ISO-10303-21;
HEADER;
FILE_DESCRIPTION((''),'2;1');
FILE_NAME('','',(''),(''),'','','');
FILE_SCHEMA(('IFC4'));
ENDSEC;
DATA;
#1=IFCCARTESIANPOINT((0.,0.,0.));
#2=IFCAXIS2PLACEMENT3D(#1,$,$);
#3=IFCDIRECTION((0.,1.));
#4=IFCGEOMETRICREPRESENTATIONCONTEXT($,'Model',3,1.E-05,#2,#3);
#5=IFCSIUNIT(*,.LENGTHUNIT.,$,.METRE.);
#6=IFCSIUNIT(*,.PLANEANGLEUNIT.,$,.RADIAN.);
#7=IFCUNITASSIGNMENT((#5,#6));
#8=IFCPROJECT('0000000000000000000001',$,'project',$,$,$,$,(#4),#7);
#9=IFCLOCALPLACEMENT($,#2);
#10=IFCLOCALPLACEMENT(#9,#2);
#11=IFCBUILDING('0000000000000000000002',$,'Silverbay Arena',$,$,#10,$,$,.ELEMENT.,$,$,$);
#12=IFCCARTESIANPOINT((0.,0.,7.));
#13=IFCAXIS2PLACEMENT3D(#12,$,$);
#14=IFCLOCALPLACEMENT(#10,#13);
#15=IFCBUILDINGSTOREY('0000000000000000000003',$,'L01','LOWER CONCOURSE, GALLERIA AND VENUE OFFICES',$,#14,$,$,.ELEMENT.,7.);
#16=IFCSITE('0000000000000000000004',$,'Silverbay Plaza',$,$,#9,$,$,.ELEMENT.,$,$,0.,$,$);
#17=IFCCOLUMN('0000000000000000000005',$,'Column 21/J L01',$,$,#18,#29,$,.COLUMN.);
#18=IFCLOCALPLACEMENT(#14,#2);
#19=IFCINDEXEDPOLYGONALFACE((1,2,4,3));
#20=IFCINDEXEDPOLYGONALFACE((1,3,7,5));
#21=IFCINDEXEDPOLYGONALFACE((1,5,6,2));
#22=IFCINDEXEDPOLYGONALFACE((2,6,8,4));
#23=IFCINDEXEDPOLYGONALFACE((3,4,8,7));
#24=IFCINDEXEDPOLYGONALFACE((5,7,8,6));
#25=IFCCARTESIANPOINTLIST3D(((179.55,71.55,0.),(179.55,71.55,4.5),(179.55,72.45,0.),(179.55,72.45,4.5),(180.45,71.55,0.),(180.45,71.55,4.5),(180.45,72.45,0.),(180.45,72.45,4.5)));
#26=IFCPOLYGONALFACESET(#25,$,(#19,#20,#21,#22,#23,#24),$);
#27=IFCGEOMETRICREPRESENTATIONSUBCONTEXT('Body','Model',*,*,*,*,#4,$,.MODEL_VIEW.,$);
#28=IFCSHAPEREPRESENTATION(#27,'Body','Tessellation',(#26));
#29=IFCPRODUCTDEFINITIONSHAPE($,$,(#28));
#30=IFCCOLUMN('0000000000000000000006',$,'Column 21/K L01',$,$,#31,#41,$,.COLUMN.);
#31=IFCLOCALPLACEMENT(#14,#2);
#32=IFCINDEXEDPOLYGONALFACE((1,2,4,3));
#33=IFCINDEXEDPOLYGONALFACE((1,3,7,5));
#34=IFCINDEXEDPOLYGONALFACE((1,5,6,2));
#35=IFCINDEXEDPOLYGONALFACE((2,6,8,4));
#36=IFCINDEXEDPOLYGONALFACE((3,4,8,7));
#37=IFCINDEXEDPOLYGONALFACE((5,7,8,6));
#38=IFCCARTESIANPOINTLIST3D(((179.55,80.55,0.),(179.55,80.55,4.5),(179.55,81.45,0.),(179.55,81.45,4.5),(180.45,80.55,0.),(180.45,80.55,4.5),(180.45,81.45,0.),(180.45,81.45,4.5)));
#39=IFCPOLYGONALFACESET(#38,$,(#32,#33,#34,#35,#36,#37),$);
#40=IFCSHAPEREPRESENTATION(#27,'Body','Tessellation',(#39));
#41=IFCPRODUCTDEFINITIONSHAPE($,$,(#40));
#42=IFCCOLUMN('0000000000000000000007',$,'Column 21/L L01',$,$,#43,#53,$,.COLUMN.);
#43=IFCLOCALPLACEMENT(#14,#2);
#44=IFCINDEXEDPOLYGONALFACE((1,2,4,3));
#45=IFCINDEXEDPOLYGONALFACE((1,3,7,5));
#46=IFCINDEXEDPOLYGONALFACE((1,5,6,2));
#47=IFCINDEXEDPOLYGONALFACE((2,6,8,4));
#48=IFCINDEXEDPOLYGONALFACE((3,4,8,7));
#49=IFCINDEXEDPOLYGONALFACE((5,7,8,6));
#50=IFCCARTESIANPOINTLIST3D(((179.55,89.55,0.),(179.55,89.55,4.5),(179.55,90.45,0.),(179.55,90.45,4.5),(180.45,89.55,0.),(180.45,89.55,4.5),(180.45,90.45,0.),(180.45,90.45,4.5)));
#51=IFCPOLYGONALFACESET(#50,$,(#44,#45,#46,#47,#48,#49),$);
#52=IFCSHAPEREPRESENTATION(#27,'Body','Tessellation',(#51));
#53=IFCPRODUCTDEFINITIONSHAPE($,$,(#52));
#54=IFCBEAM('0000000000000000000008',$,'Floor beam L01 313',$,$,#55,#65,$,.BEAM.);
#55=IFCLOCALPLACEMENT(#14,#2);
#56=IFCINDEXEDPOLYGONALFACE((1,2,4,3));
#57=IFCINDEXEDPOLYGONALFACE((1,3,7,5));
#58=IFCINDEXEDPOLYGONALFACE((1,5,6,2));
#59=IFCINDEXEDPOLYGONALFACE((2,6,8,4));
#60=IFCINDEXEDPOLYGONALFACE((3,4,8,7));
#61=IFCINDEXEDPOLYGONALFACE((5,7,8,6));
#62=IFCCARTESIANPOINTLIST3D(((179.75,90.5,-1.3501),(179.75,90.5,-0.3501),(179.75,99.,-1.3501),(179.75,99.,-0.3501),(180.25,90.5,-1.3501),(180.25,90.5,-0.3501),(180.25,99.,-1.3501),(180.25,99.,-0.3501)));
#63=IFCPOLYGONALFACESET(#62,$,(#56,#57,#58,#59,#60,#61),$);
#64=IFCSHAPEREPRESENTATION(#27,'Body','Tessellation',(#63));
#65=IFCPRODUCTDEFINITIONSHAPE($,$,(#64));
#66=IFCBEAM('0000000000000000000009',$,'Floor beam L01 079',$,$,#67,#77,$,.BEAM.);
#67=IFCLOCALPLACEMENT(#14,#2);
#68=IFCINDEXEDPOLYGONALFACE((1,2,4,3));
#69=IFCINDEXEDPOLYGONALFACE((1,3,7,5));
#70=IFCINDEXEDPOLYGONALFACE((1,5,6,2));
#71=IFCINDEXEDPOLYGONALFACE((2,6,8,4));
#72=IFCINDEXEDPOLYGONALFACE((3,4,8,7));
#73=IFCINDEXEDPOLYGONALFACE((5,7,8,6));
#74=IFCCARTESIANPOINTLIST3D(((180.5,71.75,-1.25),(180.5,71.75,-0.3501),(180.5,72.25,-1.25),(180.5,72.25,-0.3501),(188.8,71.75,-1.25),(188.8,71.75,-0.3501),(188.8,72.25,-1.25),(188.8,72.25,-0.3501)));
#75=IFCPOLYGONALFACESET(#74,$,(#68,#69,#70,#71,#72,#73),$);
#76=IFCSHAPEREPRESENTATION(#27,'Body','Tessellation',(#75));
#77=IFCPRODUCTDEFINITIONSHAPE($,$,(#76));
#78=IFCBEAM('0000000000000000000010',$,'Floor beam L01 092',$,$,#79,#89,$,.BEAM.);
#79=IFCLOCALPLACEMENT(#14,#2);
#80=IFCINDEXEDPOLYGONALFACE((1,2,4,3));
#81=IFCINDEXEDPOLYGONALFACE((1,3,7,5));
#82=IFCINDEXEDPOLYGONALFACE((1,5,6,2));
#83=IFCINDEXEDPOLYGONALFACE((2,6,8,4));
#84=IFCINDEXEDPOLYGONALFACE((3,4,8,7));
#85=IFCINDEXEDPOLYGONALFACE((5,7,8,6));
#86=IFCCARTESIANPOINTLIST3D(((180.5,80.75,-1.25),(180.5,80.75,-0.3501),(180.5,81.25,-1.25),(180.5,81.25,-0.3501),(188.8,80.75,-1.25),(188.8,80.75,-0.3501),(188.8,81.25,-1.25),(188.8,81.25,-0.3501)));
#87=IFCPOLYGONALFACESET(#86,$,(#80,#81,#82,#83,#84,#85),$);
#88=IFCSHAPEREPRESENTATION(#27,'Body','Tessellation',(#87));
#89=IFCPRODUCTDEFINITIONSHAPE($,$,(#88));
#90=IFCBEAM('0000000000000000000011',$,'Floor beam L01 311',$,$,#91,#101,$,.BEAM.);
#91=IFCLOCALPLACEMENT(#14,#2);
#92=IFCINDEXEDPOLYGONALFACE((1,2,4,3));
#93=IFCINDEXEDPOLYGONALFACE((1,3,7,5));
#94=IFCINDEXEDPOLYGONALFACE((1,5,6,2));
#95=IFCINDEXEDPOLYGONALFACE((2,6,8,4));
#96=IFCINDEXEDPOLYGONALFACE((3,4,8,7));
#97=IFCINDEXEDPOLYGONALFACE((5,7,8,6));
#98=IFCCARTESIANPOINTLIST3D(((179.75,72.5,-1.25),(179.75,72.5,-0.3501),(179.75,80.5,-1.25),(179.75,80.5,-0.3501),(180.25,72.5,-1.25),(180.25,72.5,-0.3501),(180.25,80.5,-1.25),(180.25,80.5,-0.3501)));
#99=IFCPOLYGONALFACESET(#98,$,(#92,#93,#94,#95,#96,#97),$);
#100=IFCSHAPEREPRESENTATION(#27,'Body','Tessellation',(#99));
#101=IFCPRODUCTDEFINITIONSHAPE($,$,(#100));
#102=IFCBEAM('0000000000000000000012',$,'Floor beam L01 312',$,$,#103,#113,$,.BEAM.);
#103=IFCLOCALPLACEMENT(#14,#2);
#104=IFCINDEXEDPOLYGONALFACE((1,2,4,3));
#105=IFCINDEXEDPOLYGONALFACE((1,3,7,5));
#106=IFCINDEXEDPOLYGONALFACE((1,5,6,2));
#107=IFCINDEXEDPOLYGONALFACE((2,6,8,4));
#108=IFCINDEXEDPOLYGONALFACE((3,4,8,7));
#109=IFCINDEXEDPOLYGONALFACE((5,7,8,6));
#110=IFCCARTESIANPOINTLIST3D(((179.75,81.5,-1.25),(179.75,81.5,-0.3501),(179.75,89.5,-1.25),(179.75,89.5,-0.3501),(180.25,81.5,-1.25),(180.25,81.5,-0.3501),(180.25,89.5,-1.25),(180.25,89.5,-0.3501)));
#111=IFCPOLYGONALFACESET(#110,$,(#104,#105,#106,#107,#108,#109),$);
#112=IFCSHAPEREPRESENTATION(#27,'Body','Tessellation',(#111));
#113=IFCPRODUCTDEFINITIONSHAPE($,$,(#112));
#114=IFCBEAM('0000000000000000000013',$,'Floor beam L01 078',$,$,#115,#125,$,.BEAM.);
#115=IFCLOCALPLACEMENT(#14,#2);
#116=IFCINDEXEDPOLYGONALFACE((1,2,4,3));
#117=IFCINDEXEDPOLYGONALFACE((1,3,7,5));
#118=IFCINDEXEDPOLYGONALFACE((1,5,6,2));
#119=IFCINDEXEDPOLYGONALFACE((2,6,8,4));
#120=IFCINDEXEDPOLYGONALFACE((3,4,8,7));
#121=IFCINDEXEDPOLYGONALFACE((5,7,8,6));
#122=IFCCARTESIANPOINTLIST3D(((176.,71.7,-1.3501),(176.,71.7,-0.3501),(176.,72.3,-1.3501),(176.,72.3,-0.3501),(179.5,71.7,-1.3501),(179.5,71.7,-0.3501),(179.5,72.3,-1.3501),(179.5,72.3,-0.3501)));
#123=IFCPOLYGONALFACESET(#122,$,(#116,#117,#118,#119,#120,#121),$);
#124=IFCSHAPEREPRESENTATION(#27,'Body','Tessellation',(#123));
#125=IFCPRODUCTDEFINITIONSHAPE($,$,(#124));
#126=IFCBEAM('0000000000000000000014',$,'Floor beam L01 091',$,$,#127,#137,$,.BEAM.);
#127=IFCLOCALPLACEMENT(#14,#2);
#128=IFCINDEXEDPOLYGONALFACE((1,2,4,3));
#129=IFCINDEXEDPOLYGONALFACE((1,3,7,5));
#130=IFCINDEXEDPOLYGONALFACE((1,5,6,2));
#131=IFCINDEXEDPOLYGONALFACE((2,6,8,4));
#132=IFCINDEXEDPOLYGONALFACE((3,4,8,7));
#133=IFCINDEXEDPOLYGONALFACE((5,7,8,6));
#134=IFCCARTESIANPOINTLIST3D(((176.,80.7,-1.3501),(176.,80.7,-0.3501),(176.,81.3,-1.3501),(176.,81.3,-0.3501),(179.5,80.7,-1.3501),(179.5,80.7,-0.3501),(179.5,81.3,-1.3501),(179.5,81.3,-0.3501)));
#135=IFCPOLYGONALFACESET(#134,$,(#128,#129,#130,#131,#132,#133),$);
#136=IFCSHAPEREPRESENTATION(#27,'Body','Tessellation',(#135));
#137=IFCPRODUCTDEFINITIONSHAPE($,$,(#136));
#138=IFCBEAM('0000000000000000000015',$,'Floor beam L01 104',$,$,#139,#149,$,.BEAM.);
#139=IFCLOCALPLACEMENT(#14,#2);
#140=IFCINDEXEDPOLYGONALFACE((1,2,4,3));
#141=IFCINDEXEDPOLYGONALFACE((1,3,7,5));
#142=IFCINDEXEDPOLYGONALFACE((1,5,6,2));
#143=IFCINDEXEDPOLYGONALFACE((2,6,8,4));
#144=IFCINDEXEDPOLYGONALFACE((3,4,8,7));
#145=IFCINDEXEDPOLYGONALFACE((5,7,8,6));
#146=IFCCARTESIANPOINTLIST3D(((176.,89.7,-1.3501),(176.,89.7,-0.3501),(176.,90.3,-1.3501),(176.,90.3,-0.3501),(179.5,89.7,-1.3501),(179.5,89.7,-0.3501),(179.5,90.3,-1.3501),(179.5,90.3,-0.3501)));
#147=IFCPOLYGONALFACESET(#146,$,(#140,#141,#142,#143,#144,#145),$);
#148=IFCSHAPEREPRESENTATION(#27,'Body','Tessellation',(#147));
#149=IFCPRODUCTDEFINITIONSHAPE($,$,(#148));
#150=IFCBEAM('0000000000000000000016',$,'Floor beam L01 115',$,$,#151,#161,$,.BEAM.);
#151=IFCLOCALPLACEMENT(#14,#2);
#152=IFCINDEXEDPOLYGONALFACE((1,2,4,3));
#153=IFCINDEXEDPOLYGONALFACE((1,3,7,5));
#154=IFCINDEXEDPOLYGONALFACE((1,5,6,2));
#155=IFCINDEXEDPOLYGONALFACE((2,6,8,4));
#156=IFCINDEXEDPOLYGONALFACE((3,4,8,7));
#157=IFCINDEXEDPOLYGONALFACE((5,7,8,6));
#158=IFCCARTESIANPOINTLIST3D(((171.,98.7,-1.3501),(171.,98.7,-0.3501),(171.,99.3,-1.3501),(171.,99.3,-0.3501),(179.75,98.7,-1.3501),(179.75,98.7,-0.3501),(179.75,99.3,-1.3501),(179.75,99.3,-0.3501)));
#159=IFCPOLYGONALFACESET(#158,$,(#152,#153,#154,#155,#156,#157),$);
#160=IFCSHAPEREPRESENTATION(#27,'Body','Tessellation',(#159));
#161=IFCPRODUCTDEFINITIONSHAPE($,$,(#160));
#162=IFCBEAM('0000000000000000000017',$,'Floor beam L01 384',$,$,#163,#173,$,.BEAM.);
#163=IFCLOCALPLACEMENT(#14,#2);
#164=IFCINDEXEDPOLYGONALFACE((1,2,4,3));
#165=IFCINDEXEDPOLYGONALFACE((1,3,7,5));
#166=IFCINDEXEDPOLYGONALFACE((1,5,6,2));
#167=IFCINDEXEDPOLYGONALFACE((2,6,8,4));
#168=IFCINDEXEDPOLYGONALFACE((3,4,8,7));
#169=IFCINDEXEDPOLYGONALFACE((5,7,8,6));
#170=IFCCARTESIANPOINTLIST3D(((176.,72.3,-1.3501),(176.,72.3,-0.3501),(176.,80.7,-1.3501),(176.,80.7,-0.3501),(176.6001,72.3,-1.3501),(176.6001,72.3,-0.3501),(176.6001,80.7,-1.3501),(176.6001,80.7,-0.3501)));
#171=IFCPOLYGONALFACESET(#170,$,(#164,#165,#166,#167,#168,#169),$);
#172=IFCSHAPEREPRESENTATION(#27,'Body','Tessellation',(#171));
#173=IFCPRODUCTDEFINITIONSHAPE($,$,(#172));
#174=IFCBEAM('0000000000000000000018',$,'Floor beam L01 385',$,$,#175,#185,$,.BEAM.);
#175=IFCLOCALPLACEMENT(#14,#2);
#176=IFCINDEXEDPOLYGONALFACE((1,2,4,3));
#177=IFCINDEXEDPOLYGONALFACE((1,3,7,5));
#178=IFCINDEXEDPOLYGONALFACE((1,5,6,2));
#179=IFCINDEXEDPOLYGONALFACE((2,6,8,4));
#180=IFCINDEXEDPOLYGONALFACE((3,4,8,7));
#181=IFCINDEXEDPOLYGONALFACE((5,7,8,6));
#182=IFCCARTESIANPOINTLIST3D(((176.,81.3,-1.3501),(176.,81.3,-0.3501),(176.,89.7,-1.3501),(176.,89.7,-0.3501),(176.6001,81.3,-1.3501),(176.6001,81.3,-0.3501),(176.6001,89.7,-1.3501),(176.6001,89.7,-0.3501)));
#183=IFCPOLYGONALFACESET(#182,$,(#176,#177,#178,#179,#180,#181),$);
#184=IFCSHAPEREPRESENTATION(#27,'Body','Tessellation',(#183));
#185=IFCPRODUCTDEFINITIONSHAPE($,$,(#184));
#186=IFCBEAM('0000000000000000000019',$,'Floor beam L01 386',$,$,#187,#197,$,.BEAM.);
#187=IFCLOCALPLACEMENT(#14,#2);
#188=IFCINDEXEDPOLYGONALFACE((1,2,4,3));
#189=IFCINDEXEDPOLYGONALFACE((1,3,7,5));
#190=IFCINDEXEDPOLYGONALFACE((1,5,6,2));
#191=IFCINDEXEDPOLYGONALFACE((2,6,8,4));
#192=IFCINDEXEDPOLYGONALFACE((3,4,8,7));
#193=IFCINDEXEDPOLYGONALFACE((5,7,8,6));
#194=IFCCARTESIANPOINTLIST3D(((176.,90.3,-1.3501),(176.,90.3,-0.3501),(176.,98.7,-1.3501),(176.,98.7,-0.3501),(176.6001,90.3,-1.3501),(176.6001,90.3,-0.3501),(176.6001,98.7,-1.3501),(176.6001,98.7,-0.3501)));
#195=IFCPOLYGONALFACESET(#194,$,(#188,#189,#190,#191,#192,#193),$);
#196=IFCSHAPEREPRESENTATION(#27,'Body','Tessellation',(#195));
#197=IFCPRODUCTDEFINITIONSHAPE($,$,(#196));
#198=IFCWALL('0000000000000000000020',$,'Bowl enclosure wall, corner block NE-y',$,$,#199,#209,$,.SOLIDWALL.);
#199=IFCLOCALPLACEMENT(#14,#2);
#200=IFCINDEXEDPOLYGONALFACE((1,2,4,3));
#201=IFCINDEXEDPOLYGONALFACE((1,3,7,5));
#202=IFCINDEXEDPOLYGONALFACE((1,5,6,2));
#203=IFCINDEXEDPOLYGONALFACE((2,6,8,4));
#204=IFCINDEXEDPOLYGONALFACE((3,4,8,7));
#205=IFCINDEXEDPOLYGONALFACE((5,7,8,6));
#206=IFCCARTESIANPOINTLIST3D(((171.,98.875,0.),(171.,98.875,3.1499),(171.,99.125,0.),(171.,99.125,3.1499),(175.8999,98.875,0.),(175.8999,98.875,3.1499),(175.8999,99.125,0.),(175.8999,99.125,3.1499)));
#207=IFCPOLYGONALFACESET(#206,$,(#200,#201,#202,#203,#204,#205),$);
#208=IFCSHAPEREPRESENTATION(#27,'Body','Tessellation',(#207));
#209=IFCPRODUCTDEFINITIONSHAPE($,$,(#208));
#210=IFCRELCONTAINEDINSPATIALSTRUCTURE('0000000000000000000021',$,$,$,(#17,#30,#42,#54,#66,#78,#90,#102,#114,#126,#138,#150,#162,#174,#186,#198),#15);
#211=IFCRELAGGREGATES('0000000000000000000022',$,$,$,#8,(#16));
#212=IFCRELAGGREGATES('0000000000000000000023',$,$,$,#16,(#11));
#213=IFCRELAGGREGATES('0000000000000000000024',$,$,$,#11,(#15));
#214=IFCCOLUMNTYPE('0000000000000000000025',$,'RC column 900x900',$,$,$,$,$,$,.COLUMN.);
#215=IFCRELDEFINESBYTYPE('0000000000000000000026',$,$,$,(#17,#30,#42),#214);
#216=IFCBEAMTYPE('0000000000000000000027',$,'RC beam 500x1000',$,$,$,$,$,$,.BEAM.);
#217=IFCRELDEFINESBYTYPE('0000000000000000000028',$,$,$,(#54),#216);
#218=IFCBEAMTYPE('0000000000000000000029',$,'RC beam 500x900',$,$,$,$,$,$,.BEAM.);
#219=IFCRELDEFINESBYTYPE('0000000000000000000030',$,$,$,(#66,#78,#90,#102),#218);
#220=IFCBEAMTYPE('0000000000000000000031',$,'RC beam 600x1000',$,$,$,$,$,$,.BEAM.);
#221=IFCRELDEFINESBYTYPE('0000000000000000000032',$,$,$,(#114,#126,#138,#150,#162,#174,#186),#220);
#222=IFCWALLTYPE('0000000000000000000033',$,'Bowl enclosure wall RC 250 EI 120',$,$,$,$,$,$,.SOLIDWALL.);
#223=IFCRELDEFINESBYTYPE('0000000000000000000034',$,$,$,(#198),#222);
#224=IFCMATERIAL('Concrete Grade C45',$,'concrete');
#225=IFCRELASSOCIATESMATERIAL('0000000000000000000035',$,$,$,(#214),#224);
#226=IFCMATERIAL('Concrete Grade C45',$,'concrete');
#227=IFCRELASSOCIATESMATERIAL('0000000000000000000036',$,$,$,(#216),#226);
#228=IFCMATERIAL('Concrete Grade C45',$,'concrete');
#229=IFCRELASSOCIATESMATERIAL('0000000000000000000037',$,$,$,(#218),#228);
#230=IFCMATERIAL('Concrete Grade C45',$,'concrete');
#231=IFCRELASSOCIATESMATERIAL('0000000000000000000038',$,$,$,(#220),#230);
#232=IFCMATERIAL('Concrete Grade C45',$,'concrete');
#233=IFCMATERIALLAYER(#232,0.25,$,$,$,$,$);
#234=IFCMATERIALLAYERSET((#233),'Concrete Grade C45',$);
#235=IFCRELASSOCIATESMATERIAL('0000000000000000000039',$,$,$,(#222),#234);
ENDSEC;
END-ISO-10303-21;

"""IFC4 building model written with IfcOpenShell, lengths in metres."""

from ifc_helpers import new_model, si_unit, direction, frame, frame_2d, origin, origin_2d, place, context, subcontext, project, spatial, rectangle, extrude, material, layer, layer_set, material_profile, profile_set, type_object, element, save


model = new_model("IFC4")

# Units and contexts
model_context = context("Model", 3, precision=1e-05, world=origin(), true_north=direction((0.0, 1.0)))
body_context = subcontext(model_context, "Body", "Model", "MODEL_VIEW")
ifc_project = project(units=[si_unit("LENGTHUNIT", "METRE"), si_unit("PLANEANGLEUNIT", "RADIAN")], contexts=[model_context])

# Site, building, storey
site_placement = place(None, origin())
site = spatial("IfcSite", under=ifc_project, at=site_placement, Name="Silverbay Plaza", CompositionType="ELEMENT", RefElevation=0.0)
building_placement = place(site_placement, origin())
building = spatial("IfcBuilding", under=site, at=building_placement, Name="Silverbay Arena", CompositionType="ELEMENT")
storey_placement = place(building_placement, frame((0.0, 0.0, 7.0)))
storey = spatial("IfcBuildingStorey", under=building, at=storey_placement, Name="L01", Description="LOWER CONCOURSE, GALLERIA AND VENUE OFFICES", CompositionType="ELEMENT", Elevation=7.0)

# Columns
ifc_material_1 = material(Name="Concrete Grade C45", Category="concrete")
ifc_material_profile_1 = material_profile(ifc_material_1, rectangle(XDim=0.8999, YDim=0.8999, at=origin_2d()), Name="RC 900x900")
ifc_profile_set_1 = profile_set([ifc_material_profile_1], Name="Concrete Grade C45")
column_type = type_object("IfcColumnType", Name="RC column 900x900", PredefinedType="COLUMN", material=ifc_profile_set_1)
for number, where, z_axis, x_axis, name in (
    (1, (180.0, 72.0, 0.0), (0.0, 0.0, 1.0), (1.0, 0.0, 0.0), "Column 21/J L01"),
    (2, (180.0, 81.0, 0.0), (0.0, 0.0, 1.0), (1.0, 0.0, 0.0), "Column 21/K L01"),
    (3, (180.0, 90.0, 0.0), (0.0, 0.0, 1.0), (1.0, 0.0, 0.0), "Column 21/L L01"),
):
    element("IfcColumn", number, at=place(storey_placement, frame(where, z_axis=z_axis, x_axis=x_axis)), inside=storey, type_object=column_type, Name=name, PredefinedType="COLUMN", context=body_context, shape_type="SweptSolid", body=[
        extrude(rectangle(XDim=0.8999, YDim=0.8999, at=origin_2d()), origin(), (0.0, 0.0, 1.0), 4.5),
    ])

# Beams
ifc_material_2 = material(Name="Concrete Grade C45", Category="concrete")
ifc_material_profile_2 = material_profile(ifc_material_2, rectangle(XDim=0.5, YDim=1.0, at=origin_2d()), Name="RC 500x1000")
ifc_profile_set_2 = profile_set([ifc_material_profile_2], Name="Concrete Grade C45")
beam_type_1 = type_object("IfcBeamType", Name="RC beam 500x1000", PredefinedType="BEAM", material=ifc_profile_set_2)
beam_1_placement = place(storey_placement, frame((180.0, 90.5, -0.8501), z_axis=(0.0, 1.0, 0.0), x_axis=(-1.0, 0.0, 0.0)))
element("IfcBeam", 4, at=beam_1_placement, inside=storey, type_object=beam_type_1, Name="Floor beam L01 313", PredefinedType="BEAM", context=body_context, shape_type="SweptSolid", body=[
    extrude(rectangle(XDim=0.5, YDim=1.0, at=origin_2d()), origin(), (0.0, 0.0, 1.0), 8.5),
])
ifc_material_3 = material(Name="Concrete Grade C45", Category="concrete")
ifc_material_profile_3 = material_profile(ifc_material_3, rectangle(XDim=0.5, YDim=0.8999, at=origin_2d()), Name="RC 500x900")
ifc_profile_set_3 = profile_set([ifc_material_profile_3], Name="Concrete Grade C45")
beam_type_2 = type_object("IfcBeamType", Name="RC beam 500x900", PredefinedType="BEAM", material=ifc_profile_set_3)
for number, where, z_axis, x_axis, name in (
    (5, (180.5, 72.0, -0.8), (1.0, 0.0, 0.0), (0.0, 1.0, 0.0), "Floor beam L01 079"),
    (6, (180.5, 81.0, -0.8), (1.0, 0.0, 0.0), (0.0, 1.0, 0.0), "Floor beam L01 092"),
):
    element("IfcBeam", number, at=place(storey_placement, frame(where, z_axis=z_axis, x_axis=x_axis)), inside=storey, type_object=beam_type_2, Name=name, PredefinedType="BEAM", context=body_context, shape_type="SweptSolid", body=[
        extrude(rectangle(XDim=0.5, YDim=0.8999, at=origin_2d()), origin(), (0.0, 0.0, 1.0), 8.3),
    ])
for number, where, z_axis, x_axis, name in (
    (7, (180.0, 72.5, -0.8), (0.0, 1.0, 0.0), (-1.0, 0.0, 0.0), "Floor beam L01 311"),
    (8, (180.0, 81.5, -0.8), (0.0, 1.0, 0.0), (-1.0, 0.0, 0.0), "Floor beam L01 312"),
):
    element("IfcBeam", number, at=place(storey_placement, frame(where, z_axis=z_axis, x_axis=x_axis)), inside=storey, type_object=beam_type_2, Name=name, PredefinedType="BEAM", context=body_context, shape_type="SweptSolid", body=[
        extrude(rectangle(XDim=0.5, YDim=0.8999, at=origin_2d()), origin(), (0.0, 0.0, 1.0), 8.0),
    ])
ifc_material_4 = material(Name="Concrete Grade C45", Category="concrete")
ifc_material_profile_4 = material_profile(ifc_material_4, rectangle(XDim=0.6001, YDim=1.0, at=origin_2d()), Name="RC 600x1000")
ifc_profile_set_4 = profile_set([ifc_material_profile_4], Name="Concrete Grade C45")
beam_type_3 = type_object("IfcBeamType", Name="RC beam 600x1000", PredefinedType="BEAM", material=ifc_profile_set_4)
for number, where, z_axis, x_axis, name in (
    (9, (176.0, 72.0, -0.8501), (1.0, 0.0, 0.0), (0.0, 1.0, 0.0), "Floor beam L01 078"),
    (10, (176.0, 81.0, -0.8501), (1.0, 0.0, 0.0), (0.0, 1.0, 0.0), "Floor beam L01 091"),
    (11, (176.0, 90.0, -0.8501), (1.0, 0.0, 0.0), (0.0, 1.0, 0.0), "Floor beam L01 104"),
):
    element("IfcBeam", number, at=place(storey_placement, frame(where, z_axis=z_axis, x_axis=x_axis)), inside=storey, type_object=beam_type_3, Name=name, PredefinedType="BEAM", context=body_context, shape_type="SweptSolid", body=[
        extrude(rectangle(XDim=0.6001, YDim=1.0, at=origin_2d()), origin(), (0.0, 0.0, 1.0), 3.5),
    ])
beam_2_placement = place(storey_placement, frame((171.0, 99.0, -0.8501), z_axis=(1.0, 0.0, 0.0), x_axis=(0.0, 1.0, 0.0)))
element("IfcBeam", 12, at=beam_2_placement, inside=storey, type_object=beam_type_3, Name="Floor beam L01 115", PredefinedType="BEAM", context=body_context, shape_type="SweptSolid", body=[
    extrude(rectangle(XDim=0.6001, YDim=1.0, at=origin_2d()), origin(), (0.0, 0.0, 1.0), 8.75),
])
for number, where, z_axis, x_axis, name in (
    (13, (176.3, 72.3, -0.8501), (0.0, 1.0, 0.0), (-1.0, 0.0, 0.0), "Floor beam L01 384"),
    (14, (176.3, 81.3, -0.8501), (0.0, 1.0, 0.0), (-1.0, 0.0, 0.0), "Floor beam L01 385"),
    (15, (176.3, 90.3, -0.8501), (0.0, 1.0, 0.0), (-1.0, 0.0, 0.0), "Floor beam L01 386"),
):
    element("IfcBeam", number, at=place(storey_placement, frame(where, z_axis=z_axis, x_axis=x_axis)), inside=storey, type_object=beam_type_3, Name=name, PredefinedType="BEAM", context=body_context, shape_type="SweptSolid", body=[
        extrude(rectangle(XDim=0.6001, YDim=1.0, at=origin_2d()), origin(), (0.0, 0.0, 1.0), 8.3999),
    ])

# Shared definitions
ifc_material_5 = material(Name="Concrete Grade C45", Category="concrete")
ifc_layer_1 = layer(ifc_material_5, 0.25)
ifc_layer_set_1 = layer_set([ifc_layer_1], Name="Concrete Grade C45")
wall_type_1 = type_object("IfcWallType", Name="Bowl enclosure wall RC 250 EI 120", PredefinedType="SOLIDWALL", material=ifc_layer_set_1)

# Wall
wall_1_placement = place(storey_placement, frame((171.0, 99.0, 0.0), z_axis=(0.0, 0.0, 1.0), x_axis=(1.0, 0.0, 0.0)))
element("IfcWall", 16, at=wall_1_placement, inside=storey, type_object=wall_type_1, Name="Bowl enclosure wall, corner block NE-y", PredefinedType="SOLIDWALL", context=body_context, shape_type="SweptSolid", body=[
    extrude(rectangle(XDim=4.8999, YDim=0.25, at=frame_2d((2.45, 0.0))), origin(), (0.0, 0.0, 1.0), 3.1499),
])

save(model, "model.ifc")
